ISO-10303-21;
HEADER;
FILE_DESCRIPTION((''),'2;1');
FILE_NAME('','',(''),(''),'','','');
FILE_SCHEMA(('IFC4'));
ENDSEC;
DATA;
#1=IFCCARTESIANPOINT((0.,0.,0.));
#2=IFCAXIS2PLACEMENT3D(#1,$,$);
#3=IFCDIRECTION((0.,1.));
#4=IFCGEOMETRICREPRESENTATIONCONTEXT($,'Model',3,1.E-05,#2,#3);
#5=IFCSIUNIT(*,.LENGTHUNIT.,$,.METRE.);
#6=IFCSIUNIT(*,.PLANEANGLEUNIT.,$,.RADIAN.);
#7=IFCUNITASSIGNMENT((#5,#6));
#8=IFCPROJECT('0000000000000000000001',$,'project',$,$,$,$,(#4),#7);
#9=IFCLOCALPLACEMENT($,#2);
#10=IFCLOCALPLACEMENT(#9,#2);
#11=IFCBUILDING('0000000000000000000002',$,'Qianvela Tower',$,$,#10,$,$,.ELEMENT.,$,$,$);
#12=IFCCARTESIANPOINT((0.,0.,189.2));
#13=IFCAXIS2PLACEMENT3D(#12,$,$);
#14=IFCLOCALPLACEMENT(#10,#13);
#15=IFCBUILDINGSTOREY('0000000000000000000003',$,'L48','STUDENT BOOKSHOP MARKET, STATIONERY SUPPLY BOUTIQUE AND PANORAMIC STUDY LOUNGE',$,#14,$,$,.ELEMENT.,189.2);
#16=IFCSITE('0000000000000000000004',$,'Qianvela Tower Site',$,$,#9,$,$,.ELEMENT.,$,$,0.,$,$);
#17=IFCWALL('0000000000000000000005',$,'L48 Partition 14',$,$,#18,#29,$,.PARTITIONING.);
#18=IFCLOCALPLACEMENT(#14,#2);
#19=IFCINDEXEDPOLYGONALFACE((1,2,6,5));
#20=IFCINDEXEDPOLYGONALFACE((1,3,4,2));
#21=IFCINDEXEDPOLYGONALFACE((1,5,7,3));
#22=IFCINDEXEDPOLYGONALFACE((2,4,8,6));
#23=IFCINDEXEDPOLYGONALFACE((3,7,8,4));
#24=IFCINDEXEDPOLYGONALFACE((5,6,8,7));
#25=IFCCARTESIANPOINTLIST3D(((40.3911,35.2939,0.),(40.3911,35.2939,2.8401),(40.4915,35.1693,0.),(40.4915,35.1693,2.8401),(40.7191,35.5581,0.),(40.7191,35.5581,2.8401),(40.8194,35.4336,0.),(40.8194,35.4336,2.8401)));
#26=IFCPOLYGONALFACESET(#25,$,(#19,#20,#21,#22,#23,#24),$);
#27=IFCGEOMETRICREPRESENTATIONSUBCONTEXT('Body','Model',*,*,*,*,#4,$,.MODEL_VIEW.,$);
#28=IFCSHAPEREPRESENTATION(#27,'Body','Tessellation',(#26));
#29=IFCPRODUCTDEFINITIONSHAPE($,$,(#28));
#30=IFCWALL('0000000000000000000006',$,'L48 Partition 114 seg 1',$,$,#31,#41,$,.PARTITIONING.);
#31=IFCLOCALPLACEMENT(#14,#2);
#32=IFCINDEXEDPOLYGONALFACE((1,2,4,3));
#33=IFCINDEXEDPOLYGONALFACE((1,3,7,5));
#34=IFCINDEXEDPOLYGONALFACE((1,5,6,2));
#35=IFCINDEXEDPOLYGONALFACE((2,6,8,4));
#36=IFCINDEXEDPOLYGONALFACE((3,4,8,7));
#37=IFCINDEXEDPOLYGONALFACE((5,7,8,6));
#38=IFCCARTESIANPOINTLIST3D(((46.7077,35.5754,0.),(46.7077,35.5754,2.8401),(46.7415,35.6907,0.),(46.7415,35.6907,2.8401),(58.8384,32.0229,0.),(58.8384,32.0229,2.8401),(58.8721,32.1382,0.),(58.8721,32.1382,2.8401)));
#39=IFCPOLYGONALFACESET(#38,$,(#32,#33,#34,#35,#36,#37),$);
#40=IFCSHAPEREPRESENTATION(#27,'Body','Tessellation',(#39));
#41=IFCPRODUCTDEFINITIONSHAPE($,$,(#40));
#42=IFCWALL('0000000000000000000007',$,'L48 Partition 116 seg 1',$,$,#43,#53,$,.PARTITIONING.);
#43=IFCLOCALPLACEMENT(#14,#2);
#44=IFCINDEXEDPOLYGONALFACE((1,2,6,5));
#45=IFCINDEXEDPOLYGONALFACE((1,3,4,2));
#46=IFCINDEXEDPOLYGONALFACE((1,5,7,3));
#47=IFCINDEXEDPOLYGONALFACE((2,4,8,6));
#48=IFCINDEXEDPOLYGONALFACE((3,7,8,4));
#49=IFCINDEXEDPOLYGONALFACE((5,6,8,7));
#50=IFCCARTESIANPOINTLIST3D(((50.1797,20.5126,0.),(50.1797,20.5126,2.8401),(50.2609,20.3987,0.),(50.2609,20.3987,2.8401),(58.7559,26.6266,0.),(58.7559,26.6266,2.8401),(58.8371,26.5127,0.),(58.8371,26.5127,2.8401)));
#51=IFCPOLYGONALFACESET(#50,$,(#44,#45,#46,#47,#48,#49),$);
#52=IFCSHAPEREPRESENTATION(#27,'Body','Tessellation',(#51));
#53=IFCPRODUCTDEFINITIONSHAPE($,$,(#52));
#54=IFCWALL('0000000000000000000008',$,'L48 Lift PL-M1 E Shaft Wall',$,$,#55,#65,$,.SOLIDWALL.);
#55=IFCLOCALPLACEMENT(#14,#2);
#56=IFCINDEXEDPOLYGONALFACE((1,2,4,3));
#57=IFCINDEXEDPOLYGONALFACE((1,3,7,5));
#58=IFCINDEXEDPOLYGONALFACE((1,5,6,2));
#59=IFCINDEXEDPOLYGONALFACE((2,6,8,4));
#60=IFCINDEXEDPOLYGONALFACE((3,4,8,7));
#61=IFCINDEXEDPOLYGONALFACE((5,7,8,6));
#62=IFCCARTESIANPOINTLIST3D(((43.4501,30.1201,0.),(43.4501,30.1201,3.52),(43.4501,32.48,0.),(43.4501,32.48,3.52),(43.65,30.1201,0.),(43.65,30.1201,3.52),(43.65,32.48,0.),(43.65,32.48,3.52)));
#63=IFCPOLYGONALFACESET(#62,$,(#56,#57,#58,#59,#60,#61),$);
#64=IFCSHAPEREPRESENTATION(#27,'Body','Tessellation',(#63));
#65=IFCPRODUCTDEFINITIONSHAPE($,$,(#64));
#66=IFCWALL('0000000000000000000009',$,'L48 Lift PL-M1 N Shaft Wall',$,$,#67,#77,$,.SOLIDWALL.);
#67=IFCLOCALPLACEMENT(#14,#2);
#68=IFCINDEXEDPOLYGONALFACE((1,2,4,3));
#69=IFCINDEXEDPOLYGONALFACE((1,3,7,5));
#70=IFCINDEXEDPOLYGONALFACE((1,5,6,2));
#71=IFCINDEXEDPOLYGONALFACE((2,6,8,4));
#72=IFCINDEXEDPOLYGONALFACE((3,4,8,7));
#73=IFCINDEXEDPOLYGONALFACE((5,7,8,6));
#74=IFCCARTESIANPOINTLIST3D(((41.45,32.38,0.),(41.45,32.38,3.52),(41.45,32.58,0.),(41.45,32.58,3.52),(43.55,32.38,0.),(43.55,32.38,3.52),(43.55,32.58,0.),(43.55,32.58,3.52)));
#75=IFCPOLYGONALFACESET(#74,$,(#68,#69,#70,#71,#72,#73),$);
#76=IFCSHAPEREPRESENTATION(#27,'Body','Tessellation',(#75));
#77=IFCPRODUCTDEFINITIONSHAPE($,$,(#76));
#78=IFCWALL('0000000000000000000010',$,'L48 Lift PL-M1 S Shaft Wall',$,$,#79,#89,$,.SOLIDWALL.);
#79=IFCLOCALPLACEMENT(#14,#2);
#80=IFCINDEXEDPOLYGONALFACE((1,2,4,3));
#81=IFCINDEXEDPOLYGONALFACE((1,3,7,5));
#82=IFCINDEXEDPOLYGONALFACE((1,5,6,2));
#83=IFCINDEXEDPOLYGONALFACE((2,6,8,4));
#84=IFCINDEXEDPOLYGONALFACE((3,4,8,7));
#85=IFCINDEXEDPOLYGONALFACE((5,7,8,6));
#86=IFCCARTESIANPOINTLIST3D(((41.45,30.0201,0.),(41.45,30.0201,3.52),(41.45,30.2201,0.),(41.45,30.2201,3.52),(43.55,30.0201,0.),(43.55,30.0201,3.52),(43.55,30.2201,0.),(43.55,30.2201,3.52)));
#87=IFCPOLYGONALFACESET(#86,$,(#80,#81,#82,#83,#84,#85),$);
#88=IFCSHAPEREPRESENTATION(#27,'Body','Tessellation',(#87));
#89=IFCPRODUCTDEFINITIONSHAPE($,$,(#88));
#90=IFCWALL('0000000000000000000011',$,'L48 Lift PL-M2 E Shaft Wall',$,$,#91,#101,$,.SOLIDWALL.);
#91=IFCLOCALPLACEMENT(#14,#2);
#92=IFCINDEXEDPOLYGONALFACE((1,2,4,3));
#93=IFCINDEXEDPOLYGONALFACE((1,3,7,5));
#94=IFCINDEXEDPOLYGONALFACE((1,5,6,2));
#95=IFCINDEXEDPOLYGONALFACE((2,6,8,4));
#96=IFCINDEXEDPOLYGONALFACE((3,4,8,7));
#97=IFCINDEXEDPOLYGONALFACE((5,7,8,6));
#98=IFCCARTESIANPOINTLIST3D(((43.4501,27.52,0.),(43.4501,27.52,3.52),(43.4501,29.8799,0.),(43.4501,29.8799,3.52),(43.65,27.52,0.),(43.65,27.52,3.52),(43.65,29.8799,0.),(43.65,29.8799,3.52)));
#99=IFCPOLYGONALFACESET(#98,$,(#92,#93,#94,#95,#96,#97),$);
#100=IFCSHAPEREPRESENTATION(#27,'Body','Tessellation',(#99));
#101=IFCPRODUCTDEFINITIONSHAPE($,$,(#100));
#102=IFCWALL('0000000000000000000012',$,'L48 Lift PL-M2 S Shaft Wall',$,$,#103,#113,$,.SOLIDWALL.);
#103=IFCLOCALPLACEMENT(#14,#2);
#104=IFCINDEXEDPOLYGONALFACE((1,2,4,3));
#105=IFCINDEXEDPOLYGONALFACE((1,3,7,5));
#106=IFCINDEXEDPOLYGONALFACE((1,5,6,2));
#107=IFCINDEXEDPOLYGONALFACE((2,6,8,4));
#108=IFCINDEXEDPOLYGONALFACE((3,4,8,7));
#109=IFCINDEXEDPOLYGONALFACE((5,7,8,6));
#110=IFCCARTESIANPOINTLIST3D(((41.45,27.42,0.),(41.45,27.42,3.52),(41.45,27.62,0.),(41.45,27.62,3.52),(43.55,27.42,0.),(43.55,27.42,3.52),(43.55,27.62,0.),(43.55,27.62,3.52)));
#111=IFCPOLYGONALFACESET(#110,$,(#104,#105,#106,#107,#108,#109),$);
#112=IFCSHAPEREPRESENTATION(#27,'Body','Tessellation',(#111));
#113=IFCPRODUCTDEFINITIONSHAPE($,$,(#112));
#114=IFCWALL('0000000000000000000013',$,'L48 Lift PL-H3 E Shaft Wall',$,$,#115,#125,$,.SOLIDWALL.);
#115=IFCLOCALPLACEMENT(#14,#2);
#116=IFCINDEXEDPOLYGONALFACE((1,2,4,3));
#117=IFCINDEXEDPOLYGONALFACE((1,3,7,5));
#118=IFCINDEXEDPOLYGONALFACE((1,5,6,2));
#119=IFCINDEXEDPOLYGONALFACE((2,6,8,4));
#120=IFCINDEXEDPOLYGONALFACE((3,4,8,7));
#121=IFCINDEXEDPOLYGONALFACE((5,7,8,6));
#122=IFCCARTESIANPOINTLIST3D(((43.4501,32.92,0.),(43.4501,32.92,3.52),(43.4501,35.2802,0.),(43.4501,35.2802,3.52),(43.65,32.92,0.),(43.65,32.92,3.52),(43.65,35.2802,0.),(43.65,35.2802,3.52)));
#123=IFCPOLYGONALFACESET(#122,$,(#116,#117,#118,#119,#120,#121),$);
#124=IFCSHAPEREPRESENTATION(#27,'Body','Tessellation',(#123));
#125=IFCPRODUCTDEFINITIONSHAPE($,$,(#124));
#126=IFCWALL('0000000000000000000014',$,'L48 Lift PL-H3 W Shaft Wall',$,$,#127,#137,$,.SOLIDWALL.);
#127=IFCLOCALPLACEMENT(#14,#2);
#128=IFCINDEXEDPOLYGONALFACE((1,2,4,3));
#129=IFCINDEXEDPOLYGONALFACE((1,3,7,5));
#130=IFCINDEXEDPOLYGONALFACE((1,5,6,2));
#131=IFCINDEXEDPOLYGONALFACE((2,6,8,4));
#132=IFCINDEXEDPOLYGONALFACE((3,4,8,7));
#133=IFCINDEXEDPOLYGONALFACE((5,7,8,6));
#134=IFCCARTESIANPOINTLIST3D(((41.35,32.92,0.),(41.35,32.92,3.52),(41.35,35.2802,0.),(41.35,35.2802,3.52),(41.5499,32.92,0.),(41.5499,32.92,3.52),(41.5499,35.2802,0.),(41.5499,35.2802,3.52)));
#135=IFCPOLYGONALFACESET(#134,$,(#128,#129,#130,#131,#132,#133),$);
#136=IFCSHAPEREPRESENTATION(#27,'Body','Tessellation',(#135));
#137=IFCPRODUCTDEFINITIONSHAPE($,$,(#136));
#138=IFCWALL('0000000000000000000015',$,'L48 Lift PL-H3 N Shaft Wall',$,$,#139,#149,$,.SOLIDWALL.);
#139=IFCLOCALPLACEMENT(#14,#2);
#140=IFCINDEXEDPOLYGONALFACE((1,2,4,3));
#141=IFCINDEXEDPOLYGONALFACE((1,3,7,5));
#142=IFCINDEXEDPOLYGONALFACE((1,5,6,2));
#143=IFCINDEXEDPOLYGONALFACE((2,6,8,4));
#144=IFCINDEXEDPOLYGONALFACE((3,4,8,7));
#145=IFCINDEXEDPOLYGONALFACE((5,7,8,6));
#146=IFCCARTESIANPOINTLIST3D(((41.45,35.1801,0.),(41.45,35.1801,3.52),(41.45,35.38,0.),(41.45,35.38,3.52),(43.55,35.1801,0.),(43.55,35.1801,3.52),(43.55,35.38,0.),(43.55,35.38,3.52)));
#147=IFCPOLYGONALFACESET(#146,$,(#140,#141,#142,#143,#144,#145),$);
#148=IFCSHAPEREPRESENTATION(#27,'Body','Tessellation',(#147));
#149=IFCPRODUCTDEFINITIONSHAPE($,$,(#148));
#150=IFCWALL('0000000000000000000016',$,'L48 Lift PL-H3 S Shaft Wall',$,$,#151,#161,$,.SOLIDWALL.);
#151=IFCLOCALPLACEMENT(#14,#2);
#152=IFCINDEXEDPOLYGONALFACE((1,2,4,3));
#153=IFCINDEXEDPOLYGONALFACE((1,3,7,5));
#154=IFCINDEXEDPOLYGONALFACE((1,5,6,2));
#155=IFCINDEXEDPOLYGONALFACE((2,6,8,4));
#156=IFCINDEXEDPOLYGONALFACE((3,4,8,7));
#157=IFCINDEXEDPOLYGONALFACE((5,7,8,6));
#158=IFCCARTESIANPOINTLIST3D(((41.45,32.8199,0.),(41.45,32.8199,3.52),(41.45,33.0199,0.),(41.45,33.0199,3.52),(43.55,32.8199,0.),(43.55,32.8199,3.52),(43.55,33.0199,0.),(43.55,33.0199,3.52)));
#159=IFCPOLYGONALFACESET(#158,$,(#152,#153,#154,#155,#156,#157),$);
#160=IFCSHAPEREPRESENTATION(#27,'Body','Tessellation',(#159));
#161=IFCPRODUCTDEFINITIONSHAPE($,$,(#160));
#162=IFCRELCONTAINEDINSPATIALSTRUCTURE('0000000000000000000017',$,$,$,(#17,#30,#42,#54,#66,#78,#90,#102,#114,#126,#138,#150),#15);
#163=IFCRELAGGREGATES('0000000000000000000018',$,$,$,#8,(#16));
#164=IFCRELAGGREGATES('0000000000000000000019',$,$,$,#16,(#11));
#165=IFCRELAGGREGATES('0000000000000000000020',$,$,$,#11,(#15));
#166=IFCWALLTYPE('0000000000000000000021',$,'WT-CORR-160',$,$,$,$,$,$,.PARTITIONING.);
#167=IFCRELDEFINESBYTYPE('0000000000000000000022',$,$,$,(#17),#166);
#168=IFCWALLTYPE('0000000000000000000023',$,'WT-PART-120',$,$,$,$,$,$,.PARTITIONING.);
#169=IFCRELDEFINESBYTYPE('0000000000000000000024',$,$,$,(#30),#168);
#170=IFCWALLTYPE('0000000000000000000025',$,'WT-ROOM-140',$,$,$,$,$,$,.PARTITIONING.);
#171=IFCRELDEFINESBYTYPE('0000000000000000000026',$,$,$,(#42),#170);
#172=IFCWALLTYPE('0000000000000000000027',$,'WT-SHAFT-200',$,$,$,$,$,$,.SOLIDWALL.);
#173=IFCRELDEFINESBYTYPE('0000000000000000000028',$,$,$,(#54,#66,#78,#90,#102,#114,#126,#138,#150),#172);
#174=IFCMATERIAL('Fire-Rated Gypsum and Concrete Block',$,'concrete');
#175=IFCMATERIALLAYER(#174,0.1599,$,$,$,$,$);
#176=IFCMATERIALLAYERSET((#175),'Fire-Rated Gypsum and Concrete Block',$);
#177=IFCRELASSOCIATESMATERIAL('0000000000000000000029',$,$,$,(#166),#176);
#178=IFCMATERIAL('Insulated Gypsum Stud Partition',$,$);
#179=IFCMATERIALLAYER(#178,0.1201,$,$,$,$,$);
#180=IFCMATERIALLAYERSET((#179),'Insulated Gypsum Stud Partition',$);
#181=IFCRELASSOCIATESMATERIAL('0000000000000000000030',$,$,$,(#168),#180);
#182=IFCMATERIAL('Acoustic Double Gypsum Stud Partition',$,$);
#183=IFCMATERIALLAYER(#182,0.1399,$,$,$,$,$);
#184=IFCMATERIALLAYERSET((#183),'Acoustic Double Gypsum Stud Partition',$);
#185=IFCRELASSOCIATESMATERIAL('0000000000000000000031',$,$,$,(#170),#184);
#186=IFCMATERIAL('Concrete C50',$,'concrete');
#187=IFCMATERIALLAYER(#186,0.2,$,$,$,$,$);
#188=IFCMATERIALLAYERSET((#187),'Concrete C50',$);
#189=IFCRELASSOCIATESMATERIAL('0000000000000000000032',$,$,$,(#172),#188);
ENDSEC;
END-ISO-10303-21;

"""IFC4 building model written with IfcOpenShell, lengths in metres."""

from ifc_helpers import new_model, si_unit, direction, frame, frame_2d, origin, place, context, subcontext, project, spatial, rectangle, extrude, material, layer, layer_set, type_object, element, save


model = new_model("IFC4")

# Units and contexts
model_context = context("Model", 3, precision=1e-05, world=origin(), true_north=direction((0.0, 1.0)))
body_context = subcontext(model_context, "Body", "Model", "MODEL_VIEW")
ifc_project = project(units=[si_unit("LENGTHUNIT", "METRE"), si_unit("PLANEANGLEUNIT", "RADIAN")], contexts=[model_context])

# Site, building, storey
site_placement = place(None, origin())
site = spatial("IfcSite", under=ifc_project, at=site_placement, Name="Qianvela Tower Site", CompositionType="ELEMENT", RefElevation=0.0)
building_placement = place(site_placement, origin())
building = spatial("IfcBuilding", under=site, at=building_placement, Name="Qianvela Tower", CompositionType="ELEMENT")
storey_placement = place(building_placement, frame((0.0, 0.0, 189.2)))
storey = spatial("IfcBuildingStorey", under=building, at=storey_placement, Name="L48", Description="STUDENT BOOKSHOP MARKET, STATIONERY SUPPLY BOUTIQUE AND PANORAMIC STUDY LOUNGE", CompositionType="ELEMENT", Elevation=189.2)

# Walls
ifc_material_1 = material(Name="Fire-Rated Gypsum and Concrete Block", Category="concrete")
ifc_layer_1 = layer(ifc_material_1, 0.1599)
ifc_layer_set_1 = layer_set([ifc_layer_1], Name="Fire-Rated Gypsum and Concrete Block")
wall_type_1 = type_object("IfcWallType", Name="WT-CORR-160", PredefinedType="PARTITIONING", material=ifc_layer_set_1)
wall_1_placement = place(storey_placement, frame((40.4414, 35.2317, 0.0), z_axis=(0.0, 0.0, 1.0), x_axis=(0.778715, 0.627378, 0.0)))
element("IfcWall", 1, at=wall_1_placement, inside=storey, type_object=wall_type_1, Name="L48 Partition 14", PredefinedType="PARTITIONING", context=body_context, shape_type="SweptSolid", body=[
    extrude(rectangle(XDim=0.4211, YDim=0.1599, at=frame_2d((0.2104, 0.0))), origin(), (0.0, 0.0, 1.0), 2.8401),
])
ifc_material_2 = material(Name="Insulated Gypsum Stud Partition")
ifc_layer_2 = layer(ifc_material_2, 0.1201)
ifc_layer_set_2 = layer_set([ifc_layer_2], Name="Insulated Gypsum Stud Partition")
wall_type_2 = type_object("IfcWallType", Name="WT-PART-120", PredefinedType="PARTITIONING", material=ifc_layer_set_2)
wall_2_placement = place(storey_placement, frame((46.7246, 35.6331, 0.0), z_axis=(0.0, 0.0, 1.0), x_axis=(0.959693, -0.281049, 0.0)))
element("IfcWall", 2, at=wall_2_placement, inside=storey, type_object=wall_type_2, Name="L48 Partition 114 seg 1", PredefinedType="PARTITIONING", context=body_context, shape_type="SweptSolid", body=[
    extrude(rectangle(XDim=12.6401, YDim=0.1201, at=frame_2d((6.3201, 0.0))), origin(), (0.0, 0.0, 1.0), 2.8401),
])
ifc_material_3 = material(Name="Acoustic Double Gypsum Stud Partition")
ifc_layer_3 = layer(ifc_material_3, 0.1399)
ifc_layer_set_3 = layer_set([ifc_layer_3], Name="Acoustic Double Gypsum Stud Partition")
wall_type_3 = type_object("IfcWallType", Name="WT-ROOM-140", PredefinedType="PARTITIONING", material=ifc_layer_set_3)
wall_3_placement = place(storey_placement, frame((58.7964, 26.5696, 0.0), z_axis=(0.0, 0.0, 1.0), x_axis=(-0.814264, -0.580495, 0.0)))
element("IfcWall", 3, at=wall_3_placement, inside=storey, type_object=wall_type_3, Name="L48 Partition 116 seg 1", PredefinedType="PARTITIONING", context=body_context, shape_type="SweptSolid", body=[
    extrude(rectangle(XDim=10.5325, YDim=0.1399, at=frame_2d((5.2661, 0.0))), origin(), (0.0, 0.0, 1.0), 2.8401),
])
ifc_material_4 = material(Name="Concrete C50", Category="concrete")
ifc_layer_4 = layer(ifc_material_4, 0.2)
ifc_layer_set_4 = layer_set([ifc_layer_4], Name="Concrete C50")
wall_type_4 = type_object("IfcWallType", Name="WT-SHAFT-200", PredefinedType="SOLIDWALL", material=ifc_layer_set_4)
wall_4_placement = place(storey_placement, frame((43.55, 30.1201, 0.0), z_axis=(0.0, 0.0, 1.0), x_axis=(0.0, 1.0, 0.0)))
element("IfcWall", 4, at=wall_4_placement, inside=storey, type_object=wall_type_4, Name="L48 Lift PL-M1 E Shaft Wall", PredefinedType="SOLIDWALL", context=body_context, shape_type="SweptSolid", body=[
    extrude(rectangle(XDim=2.3599, YDim=0.2, at=frame_2d((1.1799, 0.0))), origin(), (0.0, 0.0, 1.0), 3.52),
])

# Walls
for number, where, z_axis, x_axis, name in (
    (5, (41.45, 32.48, 0.0), (0.0, 0.0, 1.0), (1.0, 0.0, 0.0), "L48 Lift PL-M1 N Shaft Wall"),
    (6, (41.45, 30.1201, 0.0), (0.0, 0.0, 1.0), (1.0, 0.0, 0.0), "L48 Lift PL-M1 S Shaft Wall"),
):
    element("IfcWall", number, at=place(storey_placement, frame(where, z_axis=z_axis, x_axis=x_axis)), inside=storey, type_object=wall_type_4, Name=name, PredefinedType="SOLIDWALL", context=body_context, shape_type="SweptSolid", body=[
        extrude(rectangle(XDim=2.1001, YDim=0.2, at=frame_2d((1.05, 0.0))), origin(), (0.0, 0.0, 1.0), 3.52),
    ])
wall_5_placement = place(storey_placement, frame((43.55, 27.52, 0.0), z_axis=(0.0, 0.0, 1.0), x_axis=(0.0, 1.0, 0.0)))
element("IfcWall", 7, at=wall_5_placement, inside=storey, type_object=wall_type_4, Name="L48 Lift PL-M2 E Shaft Wall", PredefinedType="SOLIDWALL", context=body_context, shape_type="SweptSolid", body=[
    extrude(rectangle(XDim=2.3599, YDim=0.2, at=frame_2d((1.1799, 0.0))), origin(), (0.0, 0.0, 1.0), 3.52),
])

# Walls
wall_6_placement = place(storey_placement, frame((41.45, 27.52, 0.0), z_axis=(0.0, 0.0, 1.0), x_axis=(1.0, 0.0, 0.0)))
element("IfcWall", 8, at=wall_6_placement, inside=storey, type_object=wall_type_4, Name="L48 Lift PL-M2 S Shaft Wall", PredefinedType="SOLIDWALL", context=body_context, shape_type="SweptSolid", body=[
    extrude(rectangle(XDim=2.1001, YDim=0.2, at=frame_2d((1.05, 0.0))), origin(), (0.0, 0.0, 1.0), 3.52),
])
for number, where, z_axis, x_axis, name in (
    (9, (43.55, 32.9199, 0.0), (0.0, 0.0, 1.0), (0.0, 1.0, 0.0), "L48 Lift PL-H3 E Shaft Wall"),
    (10, (41.45, 32.9199, 0.0), (0.0, 0.0, 1.0), (0.0, 1.0, 0.0), "L48 Lift PL-H3 W Shaft Wall"),
):
    element("IfcWall", number, at=place(storey_placement, frame(where, z_axis=z_axis, x_axis=x_axis)), inside=storey, type_object=wall_type_4, Name=name, PredefinedType="SOLIDWALL", context=body_context, shape_type="SweptSolid", body=[
        extrude(rectangle(XDim=2.3601, YDim=0.2, at=frame_2d((1.1802, 0.0))), origin(), (0.0, 0.0, 1.0), 3.52),
    ])
for number, where, z_axis, x_axis, name in (
    (11, (41.45, 35.28, 0.0), (0.0, 0.0, 1.0), (1.0, 0.0, 0.0), "L48 Lift PL-H3 N Shaft Wall"),
    (12, (41.45, 32.9199, 0.0), (0.0, 0.0, 1.0), (1.0, 0.0, 0.0), "L48 Lift PL-H3 S Shaft Wall"),
):
    element("IfcWall", number, at=place(storey_placement, frame(where, z_axis=z_axis, x_axis=x_axis)), inside=storey, type_object=wall_type_4, Name=name, PredefinedType="SOLIDWALL", context=body_context, shape_type="SweptSolid", body=[
        extrude(rectangle(XDim=2.1001, YDim=0.2, at=frame_2d((1.05, 0.0))), origin(), (0.0, 0.0, 1.0), 3.52),
    ])

save(model, "model.ifc")
